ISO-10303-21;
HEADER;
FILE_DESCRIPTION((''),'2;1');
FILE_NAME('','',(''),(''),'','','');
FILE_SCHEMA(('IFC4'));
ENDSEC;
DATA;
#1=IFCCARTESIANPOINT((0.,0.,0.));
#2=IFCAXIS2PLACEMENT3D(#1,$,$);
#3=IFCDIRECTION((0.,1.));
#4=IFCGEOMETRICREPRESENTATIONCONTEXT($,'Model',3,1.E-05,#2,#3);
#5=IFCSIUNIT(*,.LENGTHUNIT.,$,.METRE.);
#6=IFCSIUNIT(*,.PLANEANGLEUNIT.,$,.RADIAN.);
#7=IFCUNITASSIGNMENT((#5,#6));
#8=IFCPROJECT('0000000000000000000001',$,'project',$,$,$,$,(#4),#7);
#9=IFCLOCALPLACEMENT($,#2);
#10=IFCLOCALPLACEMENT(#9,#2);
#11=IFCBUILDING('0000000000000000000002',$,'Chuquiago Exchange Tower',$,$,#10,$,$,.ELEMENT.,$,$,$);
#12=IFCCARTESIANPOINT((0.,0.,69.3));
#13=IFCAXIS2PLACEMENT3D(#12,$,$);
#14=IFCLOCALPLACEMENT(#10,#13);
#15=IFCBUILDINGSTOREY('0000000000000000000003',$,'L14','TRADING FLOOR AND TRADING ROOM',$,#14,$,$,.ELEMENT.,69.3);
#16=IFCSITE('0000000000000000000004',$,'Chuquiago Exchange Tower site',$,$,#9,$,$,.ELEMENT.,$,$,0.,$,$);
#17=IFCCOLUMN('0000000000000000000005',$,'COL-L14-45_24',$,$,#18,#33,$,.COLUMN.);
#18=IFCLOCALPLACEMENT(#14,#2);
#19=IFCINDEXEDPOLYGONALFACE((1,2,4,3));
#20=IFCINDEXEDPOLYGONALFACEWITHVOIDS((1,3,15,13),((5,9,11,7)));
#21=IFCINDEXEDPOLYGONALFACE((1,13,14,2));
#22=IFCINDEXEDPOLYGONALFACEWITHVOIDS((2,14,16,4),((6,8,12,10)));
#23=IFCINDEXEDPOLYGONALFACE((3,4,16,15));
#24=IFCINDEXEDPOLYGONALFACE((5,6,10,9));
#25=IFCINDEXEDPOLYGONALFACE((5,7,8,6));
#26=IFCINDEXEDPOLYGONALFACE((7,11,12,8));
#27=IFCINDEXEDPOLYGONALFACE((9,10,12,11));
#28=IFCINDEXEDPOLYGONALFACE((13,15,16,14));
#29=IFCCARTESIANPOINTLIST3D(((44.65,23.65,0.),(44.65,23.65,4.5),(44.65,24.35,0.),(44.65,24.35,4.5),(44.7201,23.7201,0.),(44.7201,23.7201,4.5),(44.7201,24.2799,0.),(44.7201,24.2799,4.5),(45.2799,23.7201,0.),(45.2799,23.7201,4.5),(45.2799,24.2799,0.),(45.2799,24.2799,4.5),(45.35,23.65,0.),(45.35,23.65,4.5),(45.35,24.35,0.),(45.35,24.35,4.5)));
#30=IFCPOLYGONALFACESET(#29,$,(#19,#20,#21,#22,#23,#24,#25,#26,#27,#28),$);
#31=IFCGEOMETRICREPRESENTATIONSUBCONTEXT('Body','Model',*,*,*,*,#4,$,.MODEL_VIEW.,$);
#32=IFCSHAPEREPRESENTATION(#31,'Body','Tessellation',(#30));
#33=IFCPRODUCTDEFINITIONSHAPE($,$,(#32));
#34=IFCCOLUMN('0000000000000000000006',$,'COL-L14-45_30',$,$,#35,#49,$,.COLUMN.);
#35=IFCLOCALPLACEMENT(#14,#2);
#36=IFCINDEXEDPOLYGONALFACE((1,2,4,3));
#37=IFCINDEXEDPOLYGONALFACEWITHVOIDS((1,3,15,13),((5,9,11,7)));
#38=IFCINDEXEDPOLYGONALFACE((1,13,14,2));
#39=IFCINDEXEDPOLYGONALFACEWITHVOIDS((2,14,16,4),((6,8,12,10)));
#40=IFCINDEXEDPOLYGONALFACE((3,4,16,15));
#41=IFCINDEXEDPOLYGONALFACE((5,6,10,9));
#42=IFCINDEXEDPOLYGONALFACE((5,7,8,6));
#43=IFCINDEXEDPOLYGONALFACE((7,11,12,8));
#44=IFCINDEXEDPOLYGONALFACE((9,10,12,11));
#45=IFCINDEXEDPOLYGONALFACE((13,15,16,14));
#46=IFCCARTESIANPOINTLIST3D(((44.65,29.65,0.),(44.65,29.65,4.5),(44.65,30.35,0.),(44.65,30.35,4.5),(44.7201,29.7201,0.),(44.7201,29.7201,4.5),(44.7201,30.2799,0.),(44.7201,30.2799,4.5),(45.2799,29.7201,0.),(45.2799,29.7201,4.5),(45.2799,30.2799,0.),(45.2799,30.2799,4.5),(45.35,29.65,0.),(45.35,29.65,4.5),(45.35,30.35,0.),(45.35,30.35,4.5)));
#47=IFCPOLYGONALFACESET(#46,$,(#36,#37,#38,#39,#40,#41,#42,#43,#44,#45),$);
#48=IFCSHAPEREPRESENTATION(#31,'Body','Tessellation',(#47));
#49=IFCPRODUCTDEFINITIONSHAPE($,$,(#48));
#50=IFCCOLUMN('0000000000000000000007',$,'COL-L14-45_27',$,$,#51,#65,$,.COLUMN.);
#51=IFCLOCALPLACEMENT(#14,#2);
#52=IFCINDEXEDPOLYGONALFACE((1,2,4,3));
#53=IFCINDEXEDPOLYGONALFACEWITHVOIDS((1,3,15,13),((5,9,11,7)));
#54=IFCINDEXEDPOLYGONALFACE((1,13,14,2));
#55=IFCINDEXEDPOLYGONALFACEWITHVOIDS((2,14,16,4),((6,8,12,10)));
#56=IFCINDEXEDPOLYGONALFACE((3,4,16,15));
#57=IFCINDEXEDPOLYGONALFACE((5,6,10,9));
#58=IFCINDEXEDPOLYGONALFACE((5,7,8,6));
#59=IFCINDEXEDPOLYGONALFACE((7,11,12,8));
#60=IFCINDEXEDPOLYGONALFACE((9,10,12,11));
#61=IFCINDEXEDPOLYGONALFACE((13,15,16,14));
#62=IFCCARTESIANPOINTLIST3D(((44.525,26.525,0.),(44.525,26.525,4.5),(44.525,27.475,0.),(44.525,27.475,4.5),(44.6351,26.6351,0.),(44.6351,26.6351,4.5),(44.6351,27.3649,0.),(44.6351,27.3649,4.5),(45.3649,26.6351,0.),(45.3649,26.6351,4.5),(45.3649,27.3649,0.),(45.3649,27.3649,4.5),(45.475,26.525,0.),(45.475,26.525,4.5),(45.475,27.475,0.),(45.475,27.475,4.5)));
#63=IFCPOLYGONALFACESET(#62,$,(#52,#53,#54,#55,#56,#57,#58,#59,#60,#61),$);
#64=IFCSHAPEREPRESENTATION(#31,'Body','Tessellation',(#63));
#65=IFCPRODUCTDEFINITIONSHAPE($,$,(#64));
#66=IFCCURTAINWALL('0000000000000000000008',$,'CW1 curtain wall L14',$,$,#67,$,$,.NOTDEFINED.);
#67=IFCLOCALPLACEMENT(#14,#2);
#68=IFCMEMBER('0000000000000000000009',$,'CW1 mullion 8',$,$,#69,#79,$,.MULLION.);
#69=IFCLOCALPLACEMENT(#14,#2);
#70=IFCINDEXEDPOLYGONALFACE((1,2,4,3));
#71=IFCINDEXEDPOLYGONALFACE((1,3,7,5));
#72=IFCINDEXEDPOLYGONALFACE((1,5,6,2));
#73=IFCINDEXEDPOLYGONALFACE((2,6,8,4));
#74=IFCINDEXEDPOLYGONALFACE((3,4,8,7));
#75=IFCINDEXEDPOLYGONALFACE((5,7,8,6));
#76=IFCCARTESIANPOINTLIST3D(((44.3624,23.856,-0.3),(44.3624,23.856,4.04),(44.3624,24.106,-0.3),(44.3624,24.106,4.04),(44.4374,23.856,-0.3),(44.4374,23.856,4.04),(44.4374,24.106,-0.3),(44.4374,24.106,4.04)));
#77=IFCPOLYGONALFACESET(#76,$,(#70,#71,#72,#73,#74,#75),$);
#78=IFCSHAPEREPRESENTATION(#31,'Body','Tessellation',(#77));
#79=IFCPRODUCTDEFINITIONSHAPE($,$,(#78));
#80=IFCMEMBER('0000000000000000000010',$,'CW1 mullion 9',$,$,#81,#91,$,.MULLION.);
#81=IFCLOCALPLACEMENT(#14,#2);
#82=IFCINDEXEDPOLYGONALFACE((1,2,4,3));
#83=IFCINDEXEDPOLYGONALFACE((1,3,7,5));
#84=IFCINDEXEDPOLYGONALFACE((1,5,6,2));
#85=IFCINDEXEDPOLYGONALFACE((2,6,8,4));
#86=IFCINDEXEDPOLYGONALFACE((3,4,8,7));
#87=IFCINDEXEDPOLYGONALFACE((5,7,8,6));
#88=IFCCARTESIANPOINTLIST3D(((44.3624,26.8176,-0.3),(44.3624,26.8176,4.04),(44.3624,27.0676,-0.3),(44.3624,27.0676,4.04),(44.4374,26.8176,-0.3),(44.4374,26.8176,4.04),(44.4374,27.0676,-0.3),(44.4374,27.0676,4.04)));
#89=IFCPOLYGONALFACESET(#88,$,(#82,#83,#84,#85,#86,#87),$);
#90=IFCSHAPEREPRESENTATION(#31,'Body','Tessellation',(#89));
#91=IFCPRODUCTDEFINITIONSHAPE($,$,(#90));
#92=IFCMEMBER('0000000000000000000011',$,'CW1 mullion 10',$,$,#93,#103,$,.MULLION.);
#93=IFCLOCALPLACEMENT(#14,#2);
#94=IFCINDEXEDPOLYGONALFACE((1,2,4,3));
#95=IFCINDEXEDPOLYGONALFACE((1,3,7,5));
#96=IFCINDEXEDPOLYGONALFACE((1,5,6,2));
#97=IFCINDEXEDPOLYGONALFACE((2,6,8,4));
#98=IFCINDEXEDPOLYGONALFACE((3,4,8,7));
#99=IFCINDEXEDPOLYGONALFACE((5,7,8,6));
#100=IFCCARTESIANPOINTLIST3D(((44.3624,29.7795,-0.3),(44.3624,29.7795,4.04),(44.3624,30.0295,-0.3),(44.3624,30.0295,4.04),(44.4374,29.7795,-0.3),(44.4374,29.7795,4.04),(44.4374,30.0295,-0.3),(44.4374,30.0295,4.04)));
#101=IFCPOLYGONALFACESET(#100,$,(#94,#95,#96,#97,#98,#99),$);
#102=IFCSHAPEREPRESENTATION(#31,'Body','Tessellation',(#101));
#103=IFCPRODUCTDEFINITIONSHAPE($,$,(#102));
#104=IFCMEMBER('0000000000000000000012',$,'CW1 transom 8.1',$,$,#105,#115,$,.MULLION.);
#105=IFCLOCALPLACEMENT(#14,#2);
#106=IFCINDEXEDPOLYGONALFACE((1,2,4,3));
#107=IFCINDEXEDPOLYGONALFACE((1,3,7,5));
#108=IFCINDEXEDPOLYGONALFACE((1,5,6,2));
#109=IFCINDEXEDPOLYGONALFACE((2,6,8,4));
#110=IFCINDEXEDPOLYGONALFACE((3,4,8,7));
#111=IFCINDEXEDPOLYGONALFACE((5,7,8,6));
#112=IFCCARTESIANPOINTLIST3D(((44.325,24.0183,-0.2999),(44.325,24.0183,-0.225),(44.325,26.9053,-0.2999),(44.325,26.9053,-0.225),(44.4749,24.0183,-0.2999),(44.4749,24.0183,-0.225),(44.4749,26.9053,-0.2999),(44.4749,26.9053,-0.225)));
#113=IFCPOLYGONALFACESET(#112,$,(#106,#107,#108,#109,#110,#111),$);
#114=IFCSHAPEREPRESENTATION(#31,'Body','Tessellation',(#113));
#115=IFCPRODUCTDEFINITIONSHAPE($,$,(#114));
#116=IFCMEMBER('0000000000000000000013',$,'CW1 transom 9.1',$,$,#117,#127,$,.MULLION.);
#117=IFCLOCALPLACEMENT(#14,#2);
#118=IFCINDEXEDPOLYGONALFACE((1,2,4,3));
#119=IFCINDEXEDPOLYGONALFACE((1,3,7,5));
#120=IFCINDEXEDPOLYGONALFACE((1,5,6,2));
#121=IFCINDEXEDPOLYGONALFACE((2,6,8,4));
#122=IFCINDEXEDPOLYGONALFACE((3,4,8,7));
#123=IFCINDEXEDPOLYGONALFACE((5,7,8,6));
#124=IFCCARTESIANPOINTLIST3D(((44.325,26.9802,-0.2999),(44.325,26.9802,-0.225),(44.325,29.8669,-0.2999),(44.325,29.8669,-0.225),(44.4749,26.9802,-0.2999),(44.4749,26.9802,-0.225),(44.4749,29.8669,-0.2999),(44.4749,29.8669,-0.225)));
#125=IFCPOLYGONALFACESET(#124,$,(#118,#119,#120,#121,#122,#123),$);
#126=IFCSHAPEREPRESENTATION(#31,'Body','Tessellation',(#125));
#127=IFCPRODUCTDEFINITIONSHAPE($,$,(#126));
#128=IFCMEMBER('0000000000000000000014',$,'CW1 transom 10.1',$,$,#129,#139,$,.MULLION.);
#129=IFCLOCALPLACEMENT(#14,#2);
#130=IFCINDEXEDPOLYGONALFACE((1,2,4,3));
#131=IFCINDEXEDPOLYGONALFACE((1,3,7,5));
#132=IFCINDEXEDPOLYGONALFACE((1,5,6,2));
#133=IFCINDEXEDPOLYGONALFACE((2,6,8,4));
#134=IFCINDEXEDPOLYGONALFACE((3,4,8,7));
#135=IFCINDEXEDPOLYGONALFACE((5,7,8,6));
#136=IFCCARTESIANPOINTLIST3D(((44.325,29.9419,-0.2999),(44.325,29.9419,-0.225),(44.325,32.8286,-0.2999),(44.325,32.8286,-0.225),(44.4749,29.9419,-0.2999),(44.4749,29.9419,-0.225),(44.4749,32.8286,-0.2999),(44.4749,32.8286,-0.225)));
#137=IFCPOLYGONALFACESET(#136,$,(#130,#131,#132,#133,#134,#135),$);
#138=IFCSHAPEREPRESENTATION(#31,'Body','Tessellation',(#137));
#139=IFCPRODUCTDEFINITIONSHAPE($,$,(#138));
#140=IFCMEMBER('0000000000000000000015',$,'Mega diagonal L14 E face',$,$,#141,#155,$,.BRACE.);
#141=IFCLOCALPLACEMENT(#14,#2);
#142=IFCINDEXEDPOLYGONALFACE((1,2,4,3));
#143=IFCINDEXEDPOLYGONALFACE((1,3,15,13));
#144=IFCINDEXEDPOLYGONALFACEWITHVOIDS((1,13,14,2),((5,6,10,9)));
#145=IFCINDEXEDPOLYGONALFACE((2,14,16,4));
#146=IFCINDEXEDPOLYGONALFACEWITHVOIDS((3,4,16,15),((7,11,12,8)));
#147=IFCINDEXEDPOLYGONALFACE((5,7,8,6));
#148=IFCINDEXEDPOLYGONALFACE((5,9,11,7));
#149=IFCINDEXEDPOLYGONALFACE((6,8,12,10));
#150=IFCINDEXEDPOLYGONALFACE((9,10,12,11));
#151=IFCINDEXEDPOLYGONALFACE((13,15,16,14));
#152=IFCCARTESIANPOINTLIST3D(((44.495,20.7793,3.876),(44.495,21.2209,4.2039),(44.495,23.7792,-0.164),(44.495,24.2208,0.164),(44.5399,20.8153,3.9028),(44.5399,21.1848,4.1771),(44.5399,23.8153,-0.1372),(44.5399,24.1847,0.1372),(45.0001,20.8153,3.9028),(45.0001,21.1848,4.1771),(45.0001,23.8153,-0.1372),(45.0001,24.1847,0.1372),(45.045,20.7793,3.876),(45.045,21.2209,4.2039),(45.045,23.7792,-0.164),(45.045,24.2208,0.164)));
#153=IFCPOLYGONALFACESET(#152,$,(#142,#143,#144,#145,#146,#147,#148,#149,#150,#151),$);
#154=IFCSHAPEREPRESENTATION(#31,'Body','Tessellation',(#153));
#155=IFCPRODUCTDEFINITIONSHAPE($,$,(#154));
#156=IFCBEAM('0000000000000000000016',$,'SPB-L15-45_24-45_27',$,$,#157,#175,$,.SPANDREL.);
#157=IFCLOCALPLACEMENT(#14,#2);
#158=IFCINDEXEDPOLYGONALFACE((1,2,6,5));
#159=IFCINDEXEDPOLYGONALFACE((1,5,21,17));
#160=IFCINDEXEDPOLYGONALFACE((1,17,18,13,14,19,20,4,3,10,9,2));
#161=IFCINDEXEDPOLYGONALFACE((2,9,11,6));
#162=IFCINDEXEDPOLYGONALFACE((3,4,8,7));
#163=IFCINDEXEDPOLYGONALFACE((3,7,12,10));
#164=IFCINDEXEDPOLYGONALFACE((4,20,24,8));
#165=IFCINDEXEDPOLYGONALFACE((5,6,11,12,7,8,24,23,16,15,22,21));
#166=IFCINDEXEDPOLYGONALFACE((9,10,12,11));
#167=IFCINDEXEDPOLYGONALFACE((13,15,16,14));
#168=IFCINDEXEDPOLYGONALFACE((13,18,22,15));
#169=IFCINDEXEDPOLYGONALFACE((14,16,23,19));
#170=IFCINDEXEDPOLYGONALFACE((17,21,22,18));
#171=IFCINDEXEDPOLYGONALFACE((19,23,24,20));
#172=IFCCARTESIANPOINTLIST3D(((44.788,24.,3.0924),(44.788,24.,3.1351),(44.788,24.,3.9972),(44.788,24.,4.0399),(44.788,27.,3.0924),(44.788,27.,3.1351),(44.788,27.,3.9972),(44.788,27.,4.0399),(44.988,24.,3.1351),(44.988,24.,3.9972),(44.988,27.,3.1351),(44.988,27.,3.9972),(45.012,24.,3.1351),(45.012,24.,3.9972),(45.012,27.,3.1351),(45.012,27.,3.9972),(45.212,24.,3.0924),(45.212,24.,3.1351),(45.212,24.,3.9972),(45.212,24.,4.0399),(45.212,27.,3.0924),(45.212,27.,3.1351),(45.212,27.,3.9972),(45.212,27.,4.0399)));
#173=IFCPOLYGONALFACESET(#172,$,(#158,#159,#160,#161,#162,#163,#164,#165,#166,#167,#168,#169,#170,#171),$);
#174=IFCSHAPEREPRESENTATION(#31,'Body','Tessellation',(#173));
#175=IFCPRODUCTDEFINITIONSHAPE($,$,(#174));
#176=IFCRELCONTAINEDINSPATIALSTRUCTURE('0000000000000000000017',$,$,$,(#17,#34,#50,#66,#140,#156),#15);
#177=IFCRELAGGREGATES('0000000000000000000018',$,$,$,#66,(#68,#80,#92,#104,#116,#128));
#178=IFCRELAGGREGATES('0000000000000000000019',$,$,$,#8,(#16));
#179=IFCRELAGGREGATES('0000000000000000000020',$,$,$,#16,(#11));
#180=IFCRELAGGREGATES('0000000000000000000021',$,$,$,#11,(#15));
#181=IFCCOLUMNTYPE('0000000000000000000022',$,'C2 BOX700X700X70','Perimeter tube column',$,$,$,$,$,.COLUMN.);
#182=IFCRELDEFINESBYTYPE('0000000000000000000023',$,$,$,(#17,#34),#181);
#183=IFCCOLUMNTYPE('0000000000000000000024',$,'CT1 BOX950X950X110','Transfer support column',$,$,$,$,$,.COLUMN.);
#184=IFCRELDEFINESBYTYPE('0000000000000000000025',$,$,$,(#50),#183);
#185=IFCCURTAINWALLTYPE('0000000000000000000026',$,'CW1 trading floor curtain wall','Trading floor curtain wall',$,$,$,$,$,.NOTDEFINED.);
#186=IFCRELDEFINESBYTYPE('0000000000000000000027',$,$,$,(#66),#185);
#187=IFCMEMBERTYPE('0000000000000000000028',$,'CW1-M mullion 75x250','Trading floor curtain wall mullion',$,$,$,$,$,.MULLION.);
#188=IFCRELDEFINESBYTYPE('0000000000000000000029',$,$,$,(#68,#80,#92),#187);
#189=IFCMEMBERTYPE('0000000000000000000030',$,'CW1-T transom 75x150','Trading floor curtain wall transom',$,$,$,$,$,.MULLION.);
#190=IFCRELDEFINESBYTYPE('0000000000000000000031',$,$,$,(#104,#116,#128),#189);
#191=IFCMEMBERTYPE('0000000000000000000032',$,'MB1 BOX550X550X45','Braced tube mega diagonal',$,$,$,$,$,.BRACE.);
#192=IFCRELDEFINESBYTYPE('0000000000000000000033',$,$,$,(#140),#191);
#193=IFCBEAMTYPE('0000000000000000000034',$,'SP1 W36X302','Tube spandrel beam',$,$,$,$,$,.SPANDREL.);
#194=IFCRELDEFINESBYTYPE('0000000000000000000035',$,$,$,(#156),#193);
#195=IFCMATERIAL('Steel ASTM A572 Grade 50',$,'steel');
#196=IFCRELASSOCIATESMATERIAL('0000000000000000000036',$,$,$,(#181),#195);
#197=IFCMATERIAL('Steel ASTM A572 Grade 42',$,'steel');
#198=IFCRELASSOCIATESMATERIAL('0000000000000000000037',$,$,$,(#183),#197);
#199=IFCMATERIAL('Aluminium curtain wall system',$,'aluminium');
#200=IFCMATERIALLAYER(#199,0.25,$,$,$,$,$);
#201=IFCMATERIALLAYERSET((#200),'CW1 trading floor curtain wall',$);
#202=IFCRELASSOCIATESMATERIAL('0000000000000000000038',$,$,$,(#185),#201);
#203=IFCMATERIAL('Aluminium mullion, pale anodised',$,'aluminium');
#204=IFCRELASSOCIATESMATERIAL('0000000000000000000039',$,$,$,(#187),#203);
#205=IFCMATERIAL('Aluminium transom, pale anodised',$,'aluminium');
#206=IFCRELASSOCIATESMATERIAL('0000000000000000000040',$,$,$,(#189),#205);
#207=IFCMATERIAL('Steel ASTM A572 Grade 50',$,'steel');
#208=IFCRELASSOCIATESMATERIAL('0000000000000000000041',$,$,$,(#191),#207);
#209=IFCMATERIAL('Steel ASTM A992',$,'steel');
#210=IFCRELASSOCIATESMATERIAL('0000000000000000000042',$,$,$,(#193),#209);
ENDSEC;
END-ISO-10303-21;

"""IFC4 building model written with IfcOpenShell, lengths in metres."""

from ifc_helpers import new_model, si_unit, direction, frame, origin, origin_2d, place, context, subcontext, project, spatial, rectangle, hollow_rectangle, i_section, extrude, material, layer, layer_set, material_profile, profile_set, type_object, element, aggregate, save


model = new_model("IFC4")

# Units and contexts
model_context = context("Model", 3, precision=1e-05, world=origin(), true_north=direction((0.0, 1.0)))
body_context = subcontext(model_context, "Body", "Model", "MODEL_VIEW")
ifc_project = project(units=[si_unit("LENGTHUNIT", "METRE"), si_unit("PLANEANGLEUNIT", "RADIAN")], contexts=[model_context])

# Site, building, storey
site_placement = place(None, origin())
site = spatial("IfcSite", under=ifc_project, at=site_placement, Name="Chuquiago Exchange Tower site", CompositionType="ELEMENT", RefElevation=0.0)
building_placement = place(site_placement, origin())
building = spatial("IfcBuilding", under=site, at=building_placement, Name="Chuquiago Exchange Tower", CompositionType="ELEMENT")
storey_placement = place(building_placement, frame((0.0, 0.0, 69.3)))
storey = spatial("IfcBuildingStorey", under=building, at=storey_placement, Name="L14", Description="TRADING FLOOR AND TRADING ROOM", CompositionType="ELEMENT", Elevation=69.3)

# Columns
ifc_material_1 = material(Name="Steel ASTM A572 Grade 50", Category="steel")
ifc_material_profile_1 = material_profile(ifc_material_1, hollow_rectangle(XDim=0.7, YDim=0.7, WallThickness=0.0701, at=origin_2d()), Name="BOX700X700X70")
ifc_profile_set_1 = profile_set([ifc_material_profile_1], Name="Steel ASTM A572 Grade 50")
column_type_1 = type_object("IfcColumnType", Name="C2 BOX700X700X70", Description="Perimeter tube column", PredefinedType="COLUMN", material=ifc_profile_set_1)
for number, where, z_axis, x_axis, name in (
    (1, (45.0, 24.0, 0.0), (0.0, 0.0, 1.0), (1.0, 0.0, 0.0), "COL-L14-45_24"),
    (2, (45.0, 30.0, 0.0), (0.0, 0.0, 1.0), (1.0, 0.0, 0.0), "COL-L14-45_30"),
):
    element("IfcColumn", number, at=place(storey_placement, frame(where, z_axis=z_axis, x_axis=x_axis)), inside=storey, type_object=column_type_1, Name=name, PredefinedType="COLUMN", context=body_context, shape_type="SweptSolid", body=[
        extrude(hollow_rectangle(XDim=0.7, YDim=0.7, WallThickness=0.0701, at=origin_2d()), origin(), (0.0, 0.0, 1.0), 4.5),
    ])
ifc_material_2 = material(Name="Steel ASTM A572 Grade 42", Category="steel")
ifc_material_profile_2 = material_profile(ifc_material_2, hollow_rectangle(XDim=0.95, YDim=0.95, WallThickness=0.1101, at=origin_2d()), Name="BOX950X950X110")
ifc_profile_set_2 = profile_set([ifc_material_profile_2], Name="Steel ASTM A572 Grade 42")
column_type_2 = type_object("IfcColumnType", Name="CT1 BOX950X950X110", Description="Transfer support column", PredefinedType="COLUMN", material=ifc_profile_set_2)
column_placement = place(storey_placement, frame((45.0, 27.0, 0.0), z_axis=(0.0, 0.0, 1.0), x_axis=(1.0, 0.0, 0.0)))
element("IfcColumn", 3, at=column_placement, inside=storey, type_object=column_type_2, Name="COL-L14-45_27", PredefinedType="COLUMN", context=body_context, shape_type="SweptSolid", body=[
    extrude(hollow_rectangle(XDim=0.95, YDim=0.95, WallThickness=0.1101, at=origin_2d()), origin(), (0.0, 0.0, 1.0), 4.5),
])

# Curtain wall, members
ifc_material_3 = material(Name="Aluminium curtain wall system", Category="aluminium")
ifc_layer_1 = layer(ifc_material_3, 0.25)
ifc_layer_set_1 = layer_set([ifc_layer_1], Name="CW1 trading floor curtain wall")
curtain_wall_type = type_object("IfcCurtainWallType", Name="CW1 trading floor curtain wall", Description="Trading floor curtain wall", PredefinedType="NOTDEFINED", material=ifc_layer_set_1)
curtain_wall_placement = place(storey_placement, origin())
curtain_wall = element("IfcCurtainWall", 4, at=curtain_wall_placement, inside=storey, type_object=curtain_wall_type, Name="CW1 curtain wall L14", PredefinedType="NOTDEFINED")
ifc_material_4 = material(Name="Aluminium mullion, pale anodised", Category="aluminium")
ifc_material_profile_3 = material_profile(ifc_material_4, rectangle(XDim=0.075, YDim=0.25, at=origin_2d()), Name="AL 75x250")
ifc_profile_set_3 = profile_set([ifc_material_profile_3], Name="Aluminium mullion, pale anodised")
member_type_1 = type_object("IfcMemberType", Name="CW1-M mullion 75x250", Description="Trading floor curtain wall mullion", PredefinedType="MULLION", material=ifc_profile_set_3)
member_1_placement = place(storey_placement, frame((44.3999, 23.981, -0.3), z_axis=(0.0, 0.0, 1.0), x_axis=(-1.0, 0.0, 0.0)))
member_1 = element("IfcMember", 5, at=member_1_placement, type_object=member_type_1, Name="CW1 mullion 8", PredefinedType="MULLION", context=body_context, shape_type="SweptSolid", body=[
    extrude(rectangle(XDim=0.075, YDim=0.25, at=origin_2d()), origin(), (0.0, 0.0, 1.0), 4.3401),
])
member_2_placement = place(storey_placement, frame((44.3999, 26.9426, -0.3), z_axis=(0.0, 0.0, 1.0), x_axis=(-1.0, 0.0, 0.0)))
member_2 = element("IfcMember", 6, at=member_2_placement, type_object=member_type_1, Name="CW1 mullion 9", PredefinedType="MULLION", context=body_context, shape_type="SweptSolid", body=[
    extrude(rectangle(XDim=0.075, YDim=0.25, at=origin_2d()), origin(), (0.0, 0.0, 1.0), 4.3401),
])
member_3_placement = place(storey_placement, frame((44.3999, 29.9045, -0.3), z_axis=(0.0, 0.0, 1.0), x_axis=(-1.0, 0.0, 0.0)))
member_3 = element("IfcMember", 7, at=member_3_placement, type_object=member_type_1, Name="CW1 mullion 10", PredefinedType="MULLION", context=body_context, shape_type="SweptSolid", body=[
    extrude(rectangle(XDim=0.075, YDim=0.25, at=origin_2d()), origin(), (0.0, 0.0, 1.0), 4.3401),
])
ifc_material_5 = material(Name="Aluminium transom, pale anodised", Category="aluminium")
ifc_material_profile_4 = material_profile(ifc_material_5, rectangle(XDim=0.1499, YDim=0.075, at=origin_2d()), Name="AL 150x75")
ifc_profile_set_4 = profile_set([ifc_material_profile_4], Name="Aluminium transom, pale anodised")
member_type_2 = type_object("IfcMemberType", Name="CW1-T transom 75x150", Description="Trading floor curtain wall transom", PredefinedType="MULLION", material=ifc_profile_set_4)
member_4_placement = place(storey_placement, frame((44.3999, 24.0183, -0.2625), z_axis=(0.0, 1.0, 0.0), x_axis=(-1.0, 0.0, 0.0)))
member_4 = element("IfcMember", 8, at=member_4_placement, type_object=member_type_2, Name="CW1 transom 8.1", PredefinedType="MULLION", context=body_context, shape_type="SweptSolid", body=[
    extrude(rectangle(XDim=0.1499, YDim=0.075, at=origin_2d()), origin(), (0.0, 0.0, 1.0), 2.887),
])
member_5_placement = place(storey_placement, frame((44.3999, 26.9802, -0.2625), z_axis=(0.0, 1.0, 0.0), x_axis=(-1.0, 0.0, 0.0)))
member_5 = element("IfcMember", 9, at=member_5_placement, type_object=member_type_2, Name="CW1 transom 9.1", PredefinedType="MULLION", context=body_context, shape_type="SweptSolid", body=[
    extrude(rectangle(XDim=0.1499, YDim=0.075, at=origin_2d()), origin(), (0.0, 0.0, 1.0), 2.8867),
])
member_6_placement = place(storey_placement, frame((44.3999, 29.9419, -0.2625), z_axis=(0.0, 1.0, 0.0), x_axis=(-1.0, 0.0, 0.0)))
member_6 = element("IfcMember", 10, at=member_6_placement, type_object=member_type_2, Name="CW1 transom 10.1", PredefinedType="MULLION", context=body_context, shape_type="SweptSolid", body=[
    extrude(rectangle(XDim=0.1499, YDim=0.075, at=origin_2d()), origin(), (0.0, 0.0, 1.0), 2.8867),
])

# Member
ifc_material_6 = material(Name="Steel ASTM A572 Grade 50", Category="steel")
ifc_material_profile_5 = material_profile(ifc_material_6, hollow_rectangle(XDim=0.55, YDim=0.55, WallThickness=0.0449, at=origin_2d()), Name="BOX550X550X45")
ifc_profile_set_5 = profile_set([ifc_material_profile_5], Name="Steel ASTM A572 Grade 50")
member_type_3 = type_object("IfcMemberType", Name="MB1 BOX550X550X45", Description="Braced tube mega diagonal", PredefinedType="BRACE", material=ifc_profile_set_5)
member_7_placement = place(storey_placement, frame((44.77, 24.0, 0.0), z_axis=(0.0, -0.596174, 0.802855), x_axis=(1.0, 0.0, 0.0)))
element("IfcMember", 11, at=member_7_placement, inside=storey, type_object=member_type_3, Name="Mega diagonal L14 E face", PredefinedType="BRACE", context=body_context, shape_type="SweptSolid", body=[
    extrude(hollow_rectangle(XDim=0.55, YDim=0.55, WallThickness=0.0449, at=origin_2d()), origin(), (0.0, 0.0, 1.0), 5.032),
])

# Beam
ifc_material_7 = material(Name="Steel ASTM A992", Category="steel")
ifc_material_profile_6 = material_profile(ifc_material_7, i_section(OverallWidth=0.4241, OverallDepth=0.9475, WebThickness=0.0239, FlangeThickness=0.0427, at=origin_2d()), Name="W36X302")
ifc_profile_set_6 = profile_set([ifc_material_profile_6], Name="Steel ASTM A992")
beam_type = type_object("IfcBeamType", Name="SP1 W36X302", Description="Tube spandrel beam", PredefinedType="SPANDREL", material=ifc_profile_set_6)
for number, where, z_axis, x_axis, name in (
    (12, (45.0, 24.0, 3.5662), (0.0, 1.0, 0.0), (-1.0, 0.0, 0.0), "SPB-L15-45_24-45_27"),
):
    element("IfcBeam", number, at=place(storey_placement, frame(where, z_axis=z_axis, x_axis=x_axis)), inside=storey, type_object=beam_type, Name=name, PredefinedType="SPANDREL", context=body_context, shape_type="SweptSolid", body=[
        extrude(i_section(OverallWidth=0.4241, OverallDepth=0.9475, WebThickness=0.0239, FlangeThickness=0.0427, at=origin_2d()), origin(), (0.0, 0.0, 1.0), 3.0),
    ])

aggregate(curtain_wall, [member_1, member_2, member_3, member_4, member_5, member_6])

save(model, "model.ifc")
